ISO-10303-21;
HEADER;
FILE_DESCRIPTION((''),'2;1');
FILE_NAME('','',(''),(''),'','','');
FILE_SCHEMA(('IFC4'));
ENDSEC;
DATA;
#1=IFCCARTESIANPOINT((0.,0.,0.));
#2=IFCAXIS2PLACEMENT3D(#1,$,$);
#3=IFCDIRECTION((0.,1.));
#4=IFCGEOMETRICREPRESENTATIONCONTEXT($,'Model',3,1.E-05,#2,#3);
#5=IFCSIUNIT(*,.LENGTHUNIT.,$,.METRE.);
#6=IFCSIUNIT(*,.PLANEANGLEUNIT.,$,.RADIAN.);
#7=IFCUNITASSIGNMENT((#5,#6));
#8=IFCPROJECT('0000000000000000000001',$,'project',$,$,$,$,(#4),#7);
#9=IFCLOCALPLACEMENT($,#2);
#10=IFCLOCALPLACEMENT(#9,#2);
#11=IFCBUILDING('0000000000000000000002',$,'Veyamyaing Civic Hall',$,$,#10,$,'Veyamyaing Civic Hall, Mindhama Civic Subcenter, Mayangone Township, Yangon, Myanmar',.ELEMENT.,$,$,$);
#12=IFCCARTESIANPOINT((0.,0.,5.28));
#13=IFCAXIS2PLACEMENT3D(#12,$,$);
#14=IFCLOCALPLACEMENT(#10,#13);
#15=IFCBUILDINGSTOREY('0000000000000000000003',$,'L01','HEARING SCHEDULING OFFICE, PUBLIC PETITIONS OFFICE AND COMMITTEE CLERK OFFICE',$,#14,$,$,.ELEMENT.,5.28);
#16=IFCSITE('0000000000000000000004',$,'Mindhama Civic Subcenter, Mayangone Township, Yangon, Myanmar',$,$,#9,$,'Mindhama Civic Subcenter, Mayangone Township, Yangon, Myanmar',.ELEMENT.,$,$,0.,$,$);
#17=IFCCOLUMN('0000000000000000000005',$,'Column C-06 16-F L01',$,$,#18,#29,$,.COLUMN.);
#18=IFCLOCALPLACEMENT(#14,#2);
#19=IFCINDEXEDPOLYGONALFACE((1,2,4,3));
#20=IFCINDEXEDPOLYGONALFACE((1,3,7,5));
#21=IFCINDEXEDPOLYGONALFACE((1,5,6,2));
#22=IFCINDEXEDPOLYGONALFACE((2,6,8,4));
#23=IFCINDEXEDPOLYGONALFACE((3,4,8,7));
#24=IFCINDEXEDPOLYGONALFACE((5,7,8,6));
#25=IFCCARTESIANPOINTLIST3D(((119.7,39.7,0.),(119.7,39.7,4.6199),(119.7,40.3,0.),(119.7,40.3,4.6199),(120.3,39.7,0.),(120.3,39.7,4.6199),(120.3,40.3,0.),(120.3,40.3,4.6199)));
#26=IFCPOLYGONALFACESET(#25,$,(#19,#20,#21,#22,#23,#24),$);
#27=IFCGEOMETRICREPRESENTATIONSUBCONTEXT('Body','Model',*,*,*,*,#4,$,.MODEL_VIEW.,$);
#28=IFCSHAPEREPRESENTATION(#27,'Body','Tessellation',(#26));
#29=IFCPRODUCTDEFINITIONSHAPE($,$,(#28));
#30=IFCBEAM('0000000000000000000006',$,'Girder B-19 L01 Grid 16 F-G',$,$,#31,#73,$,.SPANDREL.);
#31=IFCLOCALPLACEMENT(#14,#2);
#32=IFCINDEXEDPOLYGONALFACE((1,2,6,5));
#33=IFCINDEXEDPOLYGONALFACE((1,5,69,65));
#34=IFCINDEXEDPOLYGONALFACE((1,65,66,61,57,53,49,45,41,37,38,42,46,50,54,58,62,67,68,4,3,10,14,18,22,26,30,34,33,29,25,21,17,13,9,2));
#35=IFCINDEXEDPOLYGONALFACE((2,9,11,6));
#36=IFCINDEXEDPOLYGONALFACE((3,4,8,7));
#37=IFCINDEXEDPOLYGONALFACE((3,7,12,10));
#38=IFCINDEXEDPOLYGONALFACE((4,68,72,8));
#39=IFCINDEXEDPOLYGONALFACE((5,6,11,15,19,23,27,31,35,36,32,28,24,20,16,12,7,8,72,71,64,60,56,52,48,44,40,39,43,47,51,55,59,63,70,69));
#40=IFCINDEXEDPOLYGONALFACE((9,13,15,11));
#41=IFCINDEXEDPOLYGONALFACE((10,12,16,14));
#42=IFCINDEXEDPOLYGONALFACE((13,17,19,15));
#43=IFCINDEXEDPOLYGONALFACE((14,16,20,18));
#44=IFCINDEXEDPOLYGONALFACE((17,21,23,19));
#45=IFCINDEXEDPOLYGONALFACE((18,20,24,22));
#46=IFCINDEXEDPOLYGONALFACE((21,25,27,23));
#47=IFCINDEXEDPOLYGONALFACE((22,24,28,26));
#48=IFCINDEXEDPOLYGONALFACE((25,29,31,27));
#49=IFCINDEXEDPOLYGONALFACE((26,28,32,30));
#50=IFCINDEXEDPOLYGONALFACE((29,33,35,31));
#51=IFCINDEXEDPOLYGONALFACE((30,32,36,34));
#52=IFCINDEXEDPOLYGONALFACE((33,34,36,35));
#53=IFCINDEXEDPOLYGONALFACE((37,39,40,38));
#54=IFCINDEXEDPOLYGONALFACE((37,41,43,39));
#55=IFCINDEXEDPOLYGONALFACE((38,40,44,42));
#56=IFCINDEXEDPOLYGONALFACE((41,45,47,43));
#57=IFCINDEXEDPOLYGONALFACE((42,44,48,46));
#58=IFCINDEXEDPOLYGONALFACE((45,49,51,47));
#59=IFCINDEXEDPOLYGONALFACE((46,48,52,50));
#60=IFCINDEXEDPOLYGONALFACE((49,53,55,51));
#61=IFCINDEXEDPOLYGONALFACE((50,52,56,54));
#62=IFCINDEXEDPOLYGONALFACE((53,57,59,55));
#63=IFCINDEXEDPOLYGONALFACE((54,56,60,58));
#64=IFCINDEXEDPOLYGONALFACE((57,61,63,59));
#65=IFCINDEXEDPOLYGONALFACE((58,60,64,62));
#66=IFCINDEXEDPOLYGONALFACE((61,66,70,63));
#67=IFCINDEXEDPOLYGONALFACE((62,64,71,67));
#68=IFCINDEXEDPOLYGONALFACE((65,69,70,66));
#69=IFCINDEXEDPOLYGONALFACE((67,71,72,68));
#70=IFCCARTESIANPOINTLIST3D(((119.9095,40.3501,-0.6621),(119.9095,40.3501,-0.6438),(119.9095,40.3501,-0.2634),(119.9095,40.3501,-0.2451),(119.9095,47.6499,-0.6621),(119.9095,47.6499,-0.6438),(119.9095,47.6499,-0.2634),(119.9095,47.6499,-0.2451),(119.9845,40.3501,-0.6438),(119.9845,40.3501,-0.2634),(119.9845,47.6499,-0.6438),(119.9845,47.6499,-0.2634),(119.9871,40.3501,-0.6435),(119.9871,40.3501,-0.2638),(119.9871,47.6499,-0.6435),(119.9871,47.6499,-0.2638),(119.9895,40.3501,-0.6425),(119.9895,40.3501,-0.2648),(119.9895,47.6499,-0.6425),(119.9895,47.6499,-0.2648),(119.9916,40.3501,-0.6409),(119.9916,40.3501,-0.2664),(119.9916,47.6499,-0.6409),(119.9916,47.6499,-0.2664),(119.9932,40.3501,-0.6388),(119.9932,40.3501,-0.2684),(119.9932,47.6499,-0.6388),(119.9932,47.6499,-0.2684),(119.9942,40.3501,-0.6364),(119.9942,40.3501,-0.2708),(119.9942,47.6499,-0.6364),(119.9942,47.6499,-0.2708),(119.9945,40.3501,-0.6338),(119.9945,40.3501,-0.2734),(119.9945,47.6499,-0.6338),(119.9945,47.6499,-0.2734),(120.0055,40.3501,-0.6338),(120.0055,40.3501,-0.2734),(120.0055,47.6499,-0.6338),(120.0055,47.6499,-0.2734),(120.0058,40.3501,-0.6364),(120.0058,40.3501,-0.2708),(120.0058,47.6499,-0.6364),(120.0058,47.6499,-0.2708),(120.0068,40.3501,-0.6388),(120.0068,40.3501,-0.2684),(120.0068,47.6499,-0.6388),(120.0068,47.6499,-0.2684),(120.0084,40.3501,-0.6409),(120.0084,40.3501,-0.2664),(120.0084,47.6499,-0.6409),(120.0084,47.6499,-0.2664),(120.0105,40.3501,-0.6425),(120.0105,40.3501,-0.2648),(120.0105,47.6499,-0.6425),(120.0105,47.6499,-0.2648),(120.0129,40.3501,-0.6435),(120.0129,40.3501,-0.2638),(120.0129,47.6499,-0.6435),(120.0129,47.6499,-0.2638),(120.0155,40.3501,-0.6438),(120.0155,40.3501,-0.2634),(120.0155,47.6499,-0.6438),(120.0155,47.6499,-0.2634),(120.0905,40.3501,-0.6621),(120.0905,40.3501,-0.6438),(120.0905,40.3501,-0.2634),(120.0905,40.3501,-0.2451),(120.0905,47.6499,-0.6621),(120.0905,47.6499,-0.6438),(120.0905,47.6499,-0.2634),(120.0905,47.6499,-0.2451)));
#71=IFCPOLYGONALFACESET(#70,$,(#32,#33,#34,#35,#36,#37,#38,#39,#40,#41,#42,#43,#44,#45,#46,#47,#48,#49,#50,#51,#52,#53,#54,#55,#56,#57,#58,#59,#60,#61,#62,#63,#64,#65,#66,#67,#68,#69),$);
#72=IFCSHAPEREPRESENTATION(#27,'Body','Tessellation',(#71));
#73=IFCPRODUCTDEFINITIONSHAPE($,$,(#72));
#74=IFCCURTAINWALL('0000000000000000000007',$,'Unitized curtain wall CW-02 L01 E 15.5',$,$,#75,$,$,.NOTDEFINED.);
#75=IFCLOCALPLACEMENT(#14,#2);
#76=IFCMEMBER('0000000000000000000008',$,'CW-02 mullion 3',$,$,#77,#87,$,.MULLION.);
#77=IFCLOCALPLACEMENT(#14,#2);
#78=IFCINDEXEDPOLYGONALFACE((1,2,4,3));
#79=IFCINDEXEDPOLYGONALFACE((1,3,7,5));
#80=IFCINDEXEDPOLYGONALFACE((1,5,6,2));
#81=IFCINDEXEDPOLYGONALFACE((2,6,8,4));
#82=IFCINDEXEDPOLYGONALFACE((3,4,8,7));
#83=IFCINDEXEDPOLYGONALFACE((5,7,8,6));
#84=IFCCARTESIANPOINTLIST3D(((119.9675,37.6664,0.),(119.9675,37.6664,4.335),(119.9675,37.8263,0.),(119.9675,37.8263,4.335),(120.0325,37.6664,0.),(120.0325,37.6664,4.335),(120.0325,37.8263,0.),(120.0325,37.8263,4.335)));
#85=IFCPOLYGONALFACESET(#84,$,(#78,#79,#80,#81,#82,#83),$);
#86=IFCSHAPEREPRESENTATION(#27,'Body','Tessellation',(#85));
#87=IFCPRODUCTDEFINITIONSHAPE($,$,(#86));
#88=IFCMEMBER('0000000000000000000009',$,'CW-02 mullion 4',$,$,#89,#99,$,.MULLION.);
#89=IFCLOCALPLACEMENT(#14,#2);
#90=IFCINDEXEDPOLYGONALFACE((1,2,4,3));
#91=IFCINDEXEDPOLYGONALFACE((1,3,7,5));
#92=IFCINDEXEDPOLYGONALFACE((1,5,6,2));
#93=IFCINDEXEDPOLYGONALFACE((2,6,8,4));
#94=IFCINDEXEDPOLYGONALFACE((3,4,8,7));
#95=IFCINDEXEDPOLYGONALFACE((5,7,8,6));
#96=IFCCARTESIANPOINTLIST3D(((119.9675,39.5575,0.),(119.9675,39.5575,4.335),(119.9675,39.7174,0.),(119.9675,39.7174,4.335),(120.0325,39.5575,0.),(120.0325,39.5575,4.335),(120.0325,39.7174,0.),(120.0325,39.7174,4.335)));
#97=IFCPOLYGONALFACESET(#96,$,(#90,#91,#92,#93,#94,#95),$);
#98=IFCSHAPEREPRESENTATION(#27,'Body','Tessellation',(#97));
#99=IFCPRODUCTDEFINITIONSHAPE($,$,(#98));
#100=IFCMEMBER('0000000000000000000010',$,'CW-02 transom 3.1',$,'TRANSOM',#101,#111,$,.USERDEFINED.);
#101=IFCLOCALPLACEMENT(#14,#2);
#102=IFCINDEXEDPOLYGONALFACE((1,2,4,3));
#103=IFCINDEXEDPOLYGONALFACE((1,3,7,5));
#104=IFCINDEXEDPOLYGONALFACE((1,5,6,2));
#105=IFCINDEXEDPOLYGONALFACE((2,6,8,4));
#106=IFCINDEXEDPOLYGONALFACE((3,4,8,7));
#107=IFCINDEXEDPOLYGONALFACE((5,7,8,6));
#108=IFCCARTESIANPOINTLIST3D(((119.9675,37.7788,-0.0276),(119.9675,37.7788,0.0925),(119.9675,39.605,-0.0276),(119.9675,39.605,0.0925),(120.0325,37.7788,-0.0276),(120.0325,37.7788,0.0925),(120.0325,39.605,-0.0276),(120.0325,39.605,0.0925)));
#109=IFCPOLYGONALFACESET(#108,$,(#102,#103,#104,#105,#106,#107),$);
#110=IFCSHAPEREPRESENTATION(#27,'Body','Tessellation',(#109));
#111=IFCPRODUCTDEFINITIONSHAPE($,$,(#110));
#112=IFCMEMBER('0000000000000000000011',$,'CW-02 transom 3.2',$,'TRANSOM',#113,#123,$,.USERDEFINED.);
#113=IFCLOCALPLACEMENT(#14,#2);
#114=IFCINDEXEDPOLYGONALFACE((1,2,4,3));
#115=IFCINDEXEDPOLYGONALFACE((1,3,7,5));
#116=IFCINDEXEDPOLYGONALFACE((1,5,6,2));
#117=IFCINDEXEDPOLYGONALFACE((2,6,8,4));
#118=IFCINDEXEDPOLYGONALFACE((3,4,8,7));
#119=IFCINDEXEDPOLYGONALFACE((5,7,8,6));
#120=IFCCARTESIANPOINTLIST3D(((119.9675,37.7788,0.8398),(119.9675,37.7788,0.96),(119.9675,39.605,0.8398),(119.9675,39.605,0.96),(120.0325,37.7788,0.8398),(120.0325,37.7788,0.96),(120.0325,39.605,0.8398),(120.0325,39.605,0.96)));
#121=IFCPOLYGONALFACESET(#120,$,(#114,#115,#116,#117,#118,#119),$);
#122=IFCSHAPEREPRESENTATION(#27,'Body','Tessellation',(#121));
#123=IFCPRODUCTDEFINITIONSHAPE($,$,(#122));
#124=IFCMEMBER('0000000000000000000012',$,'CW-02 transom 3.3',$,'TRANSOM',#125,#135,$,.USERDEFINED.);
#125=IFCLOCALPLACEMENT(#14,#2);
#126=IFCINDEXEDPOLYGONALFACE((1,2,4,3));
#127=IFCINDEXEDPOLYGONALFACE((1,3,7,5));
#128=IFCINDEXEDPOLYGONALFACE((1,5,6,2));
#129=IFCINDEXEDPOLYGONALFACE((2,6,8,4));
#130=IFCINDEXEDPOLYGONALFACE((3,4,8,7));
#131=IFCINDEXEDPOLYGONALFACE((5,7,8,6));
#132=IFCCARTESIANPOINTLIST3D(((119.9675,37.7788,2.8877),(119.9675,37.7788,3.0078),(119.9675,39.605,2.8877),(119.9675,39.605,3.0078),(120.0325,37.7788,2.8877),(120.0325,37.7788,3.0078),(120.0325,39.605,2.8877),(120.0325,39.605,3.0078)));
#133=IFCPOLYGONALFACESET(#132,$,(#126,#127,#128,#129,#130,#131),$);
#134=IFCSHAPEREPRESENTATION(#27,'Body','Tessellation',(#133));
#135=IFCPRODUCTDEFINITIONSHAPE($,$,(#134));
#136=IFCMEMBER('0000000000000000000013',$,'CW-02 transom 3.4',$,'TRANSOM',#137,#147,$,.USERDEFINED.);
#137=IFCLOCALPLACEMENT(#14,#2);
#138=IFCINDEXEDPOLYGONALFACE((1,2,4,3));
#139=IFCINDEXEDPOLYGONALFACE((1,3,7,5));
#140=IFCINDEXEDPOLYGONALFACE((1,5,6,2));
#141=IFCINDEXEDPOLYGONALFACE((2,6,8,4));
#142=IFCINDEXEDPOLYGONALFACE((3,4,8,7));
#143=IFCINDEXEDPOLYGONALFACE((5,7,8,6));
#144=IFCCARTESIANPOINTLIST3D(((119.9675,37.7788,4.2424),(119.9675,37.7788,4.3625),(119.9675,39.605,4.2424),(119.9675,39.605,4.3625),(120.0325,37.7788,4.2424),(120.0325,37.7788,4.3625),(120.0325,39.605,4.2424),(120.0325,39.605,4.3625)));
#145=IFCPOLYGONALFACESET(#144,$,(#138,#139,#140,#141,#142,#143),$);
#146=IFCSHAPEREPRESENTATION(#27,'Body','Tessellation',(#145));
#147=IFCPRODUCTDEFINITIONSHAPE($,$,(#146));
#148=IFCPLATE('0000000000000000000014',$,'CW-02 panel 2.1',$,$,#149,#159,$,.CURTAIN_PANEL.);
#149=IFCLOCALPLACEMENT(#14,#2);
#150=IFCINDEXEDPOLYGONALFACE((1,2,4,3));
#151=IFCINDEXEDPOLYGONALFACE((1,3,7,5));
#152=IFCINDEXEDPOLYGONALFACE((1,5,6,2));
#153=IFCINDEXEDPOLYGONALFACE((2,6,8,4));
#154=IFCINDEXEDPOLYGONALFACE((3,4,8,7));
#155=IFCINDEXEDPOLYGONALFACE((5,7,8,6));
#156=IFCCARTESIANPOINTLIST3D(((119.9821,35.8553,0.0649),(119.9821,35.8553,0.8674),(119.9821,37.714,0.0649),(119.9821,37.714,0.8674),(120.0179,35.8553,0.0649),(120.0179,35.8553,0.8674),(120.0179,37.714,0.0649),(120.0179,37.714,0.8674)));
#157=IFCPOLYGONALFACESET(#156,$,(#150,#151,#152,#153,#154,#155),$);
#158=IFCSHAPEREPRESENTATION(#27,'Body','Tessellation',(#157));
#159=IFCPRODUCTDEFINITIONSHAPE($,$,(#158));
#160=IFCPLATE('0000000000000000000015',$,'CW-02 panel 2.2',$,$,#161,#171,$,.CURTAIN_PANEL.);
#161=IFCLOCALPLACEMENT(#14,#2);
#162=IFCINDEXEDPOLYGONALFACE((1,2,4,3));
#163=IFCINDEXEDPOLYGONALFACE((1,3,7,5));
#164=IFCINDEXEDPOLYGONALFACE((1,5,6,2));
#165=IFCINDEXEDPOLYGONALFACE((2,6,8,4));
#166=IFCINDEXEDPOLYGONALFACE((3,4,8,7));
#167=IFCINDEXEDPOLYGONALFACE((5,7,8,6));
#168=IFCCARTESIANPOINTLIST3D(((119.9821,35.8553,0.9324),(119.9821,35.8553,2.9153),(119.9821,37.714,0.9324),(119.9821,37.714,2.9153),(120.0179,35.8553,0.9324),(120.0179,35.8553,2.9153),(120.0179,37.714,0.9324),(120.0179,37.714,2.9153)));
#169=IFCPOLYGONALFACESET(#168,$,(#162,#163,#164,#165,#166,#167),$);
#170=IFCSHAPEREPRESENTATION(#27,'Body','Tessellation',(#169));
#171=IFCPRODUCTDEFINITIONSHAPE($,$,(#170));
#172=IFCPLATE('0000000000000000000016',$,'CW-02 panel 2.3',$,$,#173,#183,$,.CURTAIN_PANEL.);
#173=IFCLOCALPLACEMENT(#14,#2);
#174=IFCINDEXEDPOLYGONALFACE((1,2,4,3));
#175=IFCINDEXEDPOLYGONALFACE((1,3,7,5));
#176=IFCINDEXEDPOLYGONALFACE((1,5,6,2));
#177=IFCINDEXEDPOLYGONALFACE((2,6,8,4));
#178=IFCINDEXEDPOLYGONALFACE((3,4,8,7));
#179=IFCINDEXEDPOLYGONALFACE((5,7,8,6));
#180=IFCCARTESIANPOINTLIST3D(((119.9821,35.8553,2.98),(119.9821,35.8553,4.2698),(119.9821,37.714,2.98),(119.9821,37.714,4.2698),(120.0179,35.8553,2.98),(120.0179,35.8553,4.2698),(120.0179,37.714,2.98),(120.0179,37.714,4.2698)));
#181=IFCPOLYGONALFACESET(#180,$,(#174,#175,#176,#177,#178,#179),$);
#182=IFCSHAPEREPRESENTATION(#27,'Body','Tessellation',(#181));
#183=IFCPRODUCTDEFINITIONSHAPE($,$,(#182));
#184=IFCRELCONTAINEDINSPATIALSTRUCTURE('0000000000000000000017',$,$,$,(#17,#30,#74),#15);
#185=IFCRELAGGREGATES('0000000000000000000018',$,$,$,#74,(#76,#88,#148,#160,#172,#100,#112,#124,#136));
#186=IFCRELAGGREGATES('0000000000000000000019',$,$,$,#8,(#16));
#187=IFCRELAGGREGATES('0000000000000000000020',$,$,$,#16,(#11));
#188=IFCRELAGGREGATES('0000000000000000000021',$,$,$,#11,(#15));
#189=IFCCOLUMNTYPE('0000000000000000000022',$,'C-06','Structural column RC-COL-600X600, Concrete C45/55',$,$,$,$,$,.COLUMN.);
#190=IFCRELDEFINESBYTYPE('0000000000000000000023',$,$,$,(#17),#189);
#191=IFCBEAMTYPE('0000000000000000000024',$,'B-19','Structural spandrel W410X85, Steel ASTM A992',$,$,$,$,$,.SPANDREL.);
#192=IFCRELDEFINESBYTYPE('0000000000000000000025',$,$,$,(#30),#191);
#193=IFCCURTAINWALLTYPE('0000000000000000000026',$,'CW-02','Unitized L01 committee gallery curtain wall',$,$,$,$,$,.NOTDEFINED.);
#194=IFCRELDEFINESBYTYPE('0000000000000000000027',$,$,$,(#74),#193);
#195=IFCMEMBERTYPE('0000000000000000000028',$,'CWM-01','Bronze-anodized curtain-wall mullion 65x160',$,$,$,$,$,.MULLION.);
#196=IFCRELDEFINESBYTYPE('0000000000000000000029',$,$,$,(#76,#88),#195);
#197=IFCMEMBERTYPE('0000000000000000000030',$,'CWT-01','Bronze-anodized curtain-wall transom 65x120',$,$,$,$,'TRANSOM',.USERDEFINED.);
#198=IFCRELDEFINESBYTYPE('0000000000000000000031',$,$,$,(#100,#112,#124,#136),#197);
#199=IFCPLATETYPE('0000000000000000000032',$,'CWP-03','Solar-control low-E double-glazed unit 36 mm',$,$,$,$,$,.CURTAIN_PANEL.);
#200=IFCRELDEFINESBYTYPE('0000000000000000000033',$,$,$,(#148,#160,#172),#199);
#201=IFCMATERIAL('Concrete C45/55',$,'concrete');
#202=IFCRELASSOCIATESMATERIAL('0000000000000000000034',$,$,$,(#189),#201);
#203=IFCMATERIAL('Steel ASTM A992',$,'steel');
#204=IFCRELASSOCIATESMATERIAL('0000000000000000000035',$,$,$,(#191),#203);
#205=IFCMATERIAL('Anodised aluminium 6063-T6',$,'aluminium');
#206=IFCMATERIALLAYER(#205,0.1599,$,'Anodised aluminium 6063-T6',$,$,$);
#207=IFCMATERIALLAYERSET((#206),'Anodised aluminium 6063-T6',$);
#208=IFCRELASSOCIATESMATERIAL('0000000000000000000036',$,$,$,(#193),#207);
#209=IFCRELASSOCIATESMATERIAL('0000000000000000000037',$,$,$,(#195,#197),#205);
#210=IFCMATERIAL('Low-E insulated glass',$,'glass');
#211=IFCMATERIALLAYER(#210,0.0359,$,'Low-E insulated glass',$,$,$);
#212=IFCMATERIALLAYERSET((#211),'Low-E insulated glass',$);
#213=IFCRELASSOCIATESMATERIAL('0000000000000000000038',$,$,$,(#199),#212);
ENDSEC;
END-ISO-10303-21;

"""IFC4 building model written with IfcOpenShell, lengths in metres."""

from ifc_helpers import new_model, si_unit, direction, frame, origin, origin_2d, place, context, subcontext, project, spatial, rectangle, i_section, extrude, material, layer, layer_set, material_profile, profile_set, type_object, element, aggregate, save


model = new_model("IFC4")

# Units and contexts
model_context = context("Model", 3, precision=1e-05, world=origin(), true_north=direction((0.0, 1.0)))
body_context = subcontext(model_context, "Body", "Model", "MODEL_VIEW")
ifc_project = project(units=[si_unit("LENGTHUNIT", "METRE"), si_unit("PLANEANGLEUNIT", "RADIAN")], contexts=[model_context])

# Site, building, storey
site_placement = place(None, origin())
site = spatial("IfcSite", under=ifc_project, at=site_placement, Name="Mindhama Civic Subcenter, Mayangone Township, Yangon, Myanmar", LongName="Mindhama Civic Subcenter, Mayangone Township, Yangon, Myanmar", CompositionType="ELEMENT", RefElevation=0.0)
building_placement = place(site_placement, origin())
building = spatial("IfcBuilding", under=site, at=building_placement, Name="Veyamyaing Civic Hall", LongName="Veyamyaing Civic Hall, Mindhama Civic Subcenter, Mayangone Township, Yangon, Myanmar", CompositionType="ELEMENT")
storey_placement = place(building_placement, frame((0.0, 0.0, 5.28)))
storey = spatial("IfcBuildingStorey", under=building, at=storey_placement, Name="L01", Description="HEARING SCHEDULING OFFICE, PUBLIC PETITIONS OFFICE AND COMMITTEE CLERK OFFICE", CompositionType="ELEMENT", Elevation=5.28)

# Column
ifc_material_1 = material(Name="Concrete C45/55", Category="concrete")
ifc_material_profile_1 = material_profile(ifc_material_1, rectangle(XDim=0.6001, YDim=0.6001, at=origin_2d()), Name="RC-COL-600X600")
ifc_profile_set_1 = profile_set([ifc_material_profile_1], Name="Concrete C45/55")
column_type = type_object("IfcColumnType", Name="C-06", Description="Structural column RC-COL-600X600, Concrete C45/55", PredefinedType="COLUMN", material=ifc_profile_set_1)
column_placement = place(storey_placement, frame((120.0, 40.0, 0.0), z_axis=(0.0, 0.0, 1.0), x_axis=(1.0, 0.0, 0.0)))
element("IfcColumn", 1, at=column_placement, inside=storey, type_object=column_type, Name="Column C-06 16-F L01", PredefinedType="COLUMN", context=body_context, shape_type="SweptSolid", body=[
    extrude(rectangle(XDim=0.6001, YDim=0.6001, at=origin_2d()), origin(), (0.0, 0.0, 1.0), 4.6199),
])

# Beam
ifc_material_2 = material(Name="Steel ASTM A992", Category="steel")
ifc_material_profile_2 = material_profile(ifc_material_2, i_section(OverallWidth=0.1809, OverallDepth=0.417, WebThickness=0.011, FlangeThickness=0.0183, FilletRadius=0.01, at=origin_2d()), Name="W410X85")
ifc_profile_set_2 = profile_set([ifc_material_profile_2], Name="Steel ASTM A992")
beam_type = type_object("IfcBeamType", Name="B-19", Description="Structural spandrel W410X85, Steel ASTM A992", PredefinedType="SPANDREL", material=ifc_profile_set_2)
beam_placement = place(storey_placement, frame((120.0, 40.3501, -0.4536), z_axis=(0.0, 1.0, 0.0), x_axis=(-1.0, 0.0, 0.0)))
element("IfcBeam", 2, at=beam_placement, inside=storey, type_object=beam_type, Name="Girder B-19 L01 Grid 16 F-G", PredefinedType="SPANDREL", context=body_context, shape_type="SweptSolid", body=[
    extrude(i_section(OverallWidth=0.1809, OverallDepth=0.417, WebThickness=0.011, FlangeThickness=0.0183, FilletRadius=0.01, at=origin_2d()), origin(), (0.0, 0.0, 1.0), 7.2998),
])

# Curtain wall, members, plates
ifc_material_3 = material(Name="Anodised aluminium 6063-T6", Category="aluminium")
ifc_layer_1 = layer(ifc_material_3, 0.1599, Name="Anodised aluminium 6063-T6")
ifc_layer_set_1 = layer_set([ifc_layer_1], Name="Anodised aluminium 6063-T6")
curtain_wall_type = type_object("IfcCurtainWallType", Name="CW-02", Description="Unitized L01 committee gallery curtain wall", PredefinedType="NOTDEFINED", material=ifc_layer_set_1)
curtain_wall_placement = place(storey_placement, origin())
curtain_wall = element("IfcCurtainWall", 3, at=curtain_wall_placement, inside=storey, type_object=curtain_wall_type, Name="Unitized curtain wall CW-02 L01 E 15.5", PredefinedType="NOTDEFINED")
ifc_material_profile_3 = material_profile(ifc_material_3, rectangle(XDim=0.0649, YDim=0.1599, at=origin_2d()), Name="ALU-MUL-65X160")
ifc_profile_set_3 = profile_set([ifc_material_profile_3], Name="Anodised aluminium 6063-T6")
member_type_1 = type_object("IfcMemberType", Name="CWM-01", Description="Bronze-anodized curtain-wall mullion 65x160", PredefinedType="MULLION", material=ifc_profile_set_3)
member_1_placement = place(storey_placement, frame((120.0, 37.7463, 0.0), z_axis=(0.0, 0.0, 1.0), x_axis=(-1.0, 0.0, 0.0)))
member_1 = element("IfcMember", 4, at=member_1_placement, type_object=member_type_1, Name="CW-02 mullion 3", PredefinedType="MULLION", context=body_context, shape_type="SweptSolid", body=[
    extrude(rectangle(XDim=0.0649, YDim=0.1599, at=origin_2d()), origin(), (0.0, 0.0, 1.0), 4.335),
])
member_2_placement = place(storey_placement, frame((120.0, 39.6375, 0.0), z_axis=(0.0, 0.0, 1.0), x_axis=(-1.0, 0.0, 0.0)))
member_2 = element("IfcMember", 5, at=member_2_placement, type_object=member_type_1, Name="CW-02 mullion 4", PredefinedType="MULLION", context=body_context, shape_type="SweptSolid", body=[
    extrude(rectangle(XDim=0.0649, YDim=0.1599, at=origin_2d()), origin(), (0.0, 0.0, 1.0), 4.335),
])
ifc_material_profile_4 = material_profile(ifc_material_3, rectangle(XDim=0.0649, YDim=0.1201, at=origin_2d()), Name="ALU-TRN-65X120")
ifc_profile_set_4 = profile_set([ifc_material_profile_4], Name="Anodised aluminium 6063-T6")
member_type_2 = type_object("IfcMemberType", Name="CWT-01", Description="Bronze-anodized curtain-wall transom 65x120", ElementType="TRANSOM", PredefinedType="USERDEFINED", material=ifc_profile_set_4)
member_3_placement = place(storey_placement, frame((120.0, 37.7788, 0.0325), z_axis=(0.0, 1.0, 0.0), x_axis=(-1.0, 0.0, 0.0)))
member_3 = element("IfcMember", 6, at=member_3_placement, type_object=member_type_2, Name="CW-02 transom 3.1", ObjectType="TRANSOM", PredefinedType="USERDEFINED", context=body_context, shape_type="SweptSolid", body=[
    extrude(rectangle(XDim=0.0649, YDim=0.1201, at=origin_2d()), origin(), (0.0, 0.0, 1.0), 1.8262),
])
member_4_placement = place(storey_placement, frame((120.0, 37.7788, 0.8999), z_axis=(0.0, 1.0, 0.0), x_axis=(-1.0, 0.0, 0.0)))
member_4 = element("IfcMember", 7, at=member_4_placement, type_object=member_type_2, Name="CW-02 transom 3.2", ObjectType="TRANSOM", PredefinedType="USERDEFINED", context=body_context, shape_type="SweptSolid", body=[
    extrude(rectangle(XDim=0.0649, YDim=0.1201, at=origin_2d()), origin(), (0.0, 0.0, 1.0), 1.8262),
])
member_5_placement = place(storey_placement, frame((120.0, 37.7788, 2.9478), z_axis=(0.0, 1.0, 0.0), x_axis=(-1.0, 0.0, 0.0)))
member_5 = element("IfcMember", 8, at=member_5_placement, type_object=member_type_2, Name="CW-02 transom 3.3", ObjectType="TRANSOM", PredefinedType="USERDEFINED", context=body_context, shape_type="SweptSolid", body=[
    extrude(rectangle(XDim=0.0649, YDim=0.1201, at=origin_2d()), origin(), (0.0, 0.0, 1.0), 1.8262),
])
member_6_placement = place(storey_placement, frame((120.0, 37.7788, 4.3025), z_axis=(0.0, 1.0, 0.0), x_axis=(-1.0, 0.0, 0.0)))
member_6 = element("IfcMember", 9, at=member_6_placement, type_object=member_type_2, Name="CW-02 transom 3.4", ObjectType="TRANSOM", PredefinedType="USERDEFINED", context=body_context, shape_type="SweptSolid", body=[
    extrude(rectangle(XDim=0.0649, YDim=0.1201, at=origin_2d()), origin(), (0.0, 0.0, 1.0), 1.8262),
])
ifc_material_4 = material(Name="Low-E insulated glass", Category="glass")
ifc_layer_2 = layer(ifc_material_4, 0.0359, Name="Low-E insulated glass")
ifc_layer_set_2 = layer_set([ifc_layer_2], Name="Low-E insulated glass")
plate_type = type_object("IfcPlateType", Name="CWP-03", Description="Solar-control low-E double-glazed unit 36 mm", PredefinedType="CURTAIN_PANEL", material=ifc_layer_set_2)
plate_1_placement = place(storey_placement, frame((120.0, 36.7847, 0.0649), z_axis=(0.0, 0.0, 1.0), x_axis=(0.0, 1.0, 0.0)))
plate_1 = element("IfcPlate", 10, at=plate_1_placement, type_object=plate_type, Name="CW-02 panel 2.1", PredefinedType="CURTAIN_PANEL", context=body_context, shape_type="SweptSolid", body=[
    extrude(rectangle(XDim=1.8586, YDim=0.0359, at=origin_2d()), origin(), (0.0, 0.0, 1.0), 0.8025),
])
plate_2_placement = place(storey_placement, frame((120.0, 36.7847, 0.9324), z_axis=(0.0, 0.0, 1.0), x_axis=(0.0, 1.0, 0.0)))
plate_2 = element("IfcPlate", 11, at=plate_2_placement, type_object=plate_type, Name="CW-02 panel 2.2", PredefinedType="CURTAIN_PANEL", context=body_context, shape_type="SweptSolid", body=[
    extrude(rectangle(XDim=1.8586, YDim=0.0359, at=origin_2d()), origin(), (0.0, 0.0, 1.0), 1.9829),
])
plate_3_placement = place(storey_placement, frame((120.0, 36.7847, 2.98), z_axis=(0.0, 0.0, 1.0), x_axis=(0.0, 1.0, 0.0)))
plate_3 = element("IfcPlate", 12, at=plate_3_placement, type_object=plate_type, Name="CW-02 panel 2.3", PredefinedType="CURTAIN_PANEL", context=body_context, shape_type="SweptSolid", body=[
    extrude(rectangle(XDim=1.8586, YDim=0.0359, at=origin_2d()), origin(), (0.0, 0.0, 1.0), 1.2898),
])
aggregate(curtain_wall, [member_1, member_2, plate_1, plate_2, plate_3, member_3, member_4, member_5, member_6])

save(model, "model.ifc")
